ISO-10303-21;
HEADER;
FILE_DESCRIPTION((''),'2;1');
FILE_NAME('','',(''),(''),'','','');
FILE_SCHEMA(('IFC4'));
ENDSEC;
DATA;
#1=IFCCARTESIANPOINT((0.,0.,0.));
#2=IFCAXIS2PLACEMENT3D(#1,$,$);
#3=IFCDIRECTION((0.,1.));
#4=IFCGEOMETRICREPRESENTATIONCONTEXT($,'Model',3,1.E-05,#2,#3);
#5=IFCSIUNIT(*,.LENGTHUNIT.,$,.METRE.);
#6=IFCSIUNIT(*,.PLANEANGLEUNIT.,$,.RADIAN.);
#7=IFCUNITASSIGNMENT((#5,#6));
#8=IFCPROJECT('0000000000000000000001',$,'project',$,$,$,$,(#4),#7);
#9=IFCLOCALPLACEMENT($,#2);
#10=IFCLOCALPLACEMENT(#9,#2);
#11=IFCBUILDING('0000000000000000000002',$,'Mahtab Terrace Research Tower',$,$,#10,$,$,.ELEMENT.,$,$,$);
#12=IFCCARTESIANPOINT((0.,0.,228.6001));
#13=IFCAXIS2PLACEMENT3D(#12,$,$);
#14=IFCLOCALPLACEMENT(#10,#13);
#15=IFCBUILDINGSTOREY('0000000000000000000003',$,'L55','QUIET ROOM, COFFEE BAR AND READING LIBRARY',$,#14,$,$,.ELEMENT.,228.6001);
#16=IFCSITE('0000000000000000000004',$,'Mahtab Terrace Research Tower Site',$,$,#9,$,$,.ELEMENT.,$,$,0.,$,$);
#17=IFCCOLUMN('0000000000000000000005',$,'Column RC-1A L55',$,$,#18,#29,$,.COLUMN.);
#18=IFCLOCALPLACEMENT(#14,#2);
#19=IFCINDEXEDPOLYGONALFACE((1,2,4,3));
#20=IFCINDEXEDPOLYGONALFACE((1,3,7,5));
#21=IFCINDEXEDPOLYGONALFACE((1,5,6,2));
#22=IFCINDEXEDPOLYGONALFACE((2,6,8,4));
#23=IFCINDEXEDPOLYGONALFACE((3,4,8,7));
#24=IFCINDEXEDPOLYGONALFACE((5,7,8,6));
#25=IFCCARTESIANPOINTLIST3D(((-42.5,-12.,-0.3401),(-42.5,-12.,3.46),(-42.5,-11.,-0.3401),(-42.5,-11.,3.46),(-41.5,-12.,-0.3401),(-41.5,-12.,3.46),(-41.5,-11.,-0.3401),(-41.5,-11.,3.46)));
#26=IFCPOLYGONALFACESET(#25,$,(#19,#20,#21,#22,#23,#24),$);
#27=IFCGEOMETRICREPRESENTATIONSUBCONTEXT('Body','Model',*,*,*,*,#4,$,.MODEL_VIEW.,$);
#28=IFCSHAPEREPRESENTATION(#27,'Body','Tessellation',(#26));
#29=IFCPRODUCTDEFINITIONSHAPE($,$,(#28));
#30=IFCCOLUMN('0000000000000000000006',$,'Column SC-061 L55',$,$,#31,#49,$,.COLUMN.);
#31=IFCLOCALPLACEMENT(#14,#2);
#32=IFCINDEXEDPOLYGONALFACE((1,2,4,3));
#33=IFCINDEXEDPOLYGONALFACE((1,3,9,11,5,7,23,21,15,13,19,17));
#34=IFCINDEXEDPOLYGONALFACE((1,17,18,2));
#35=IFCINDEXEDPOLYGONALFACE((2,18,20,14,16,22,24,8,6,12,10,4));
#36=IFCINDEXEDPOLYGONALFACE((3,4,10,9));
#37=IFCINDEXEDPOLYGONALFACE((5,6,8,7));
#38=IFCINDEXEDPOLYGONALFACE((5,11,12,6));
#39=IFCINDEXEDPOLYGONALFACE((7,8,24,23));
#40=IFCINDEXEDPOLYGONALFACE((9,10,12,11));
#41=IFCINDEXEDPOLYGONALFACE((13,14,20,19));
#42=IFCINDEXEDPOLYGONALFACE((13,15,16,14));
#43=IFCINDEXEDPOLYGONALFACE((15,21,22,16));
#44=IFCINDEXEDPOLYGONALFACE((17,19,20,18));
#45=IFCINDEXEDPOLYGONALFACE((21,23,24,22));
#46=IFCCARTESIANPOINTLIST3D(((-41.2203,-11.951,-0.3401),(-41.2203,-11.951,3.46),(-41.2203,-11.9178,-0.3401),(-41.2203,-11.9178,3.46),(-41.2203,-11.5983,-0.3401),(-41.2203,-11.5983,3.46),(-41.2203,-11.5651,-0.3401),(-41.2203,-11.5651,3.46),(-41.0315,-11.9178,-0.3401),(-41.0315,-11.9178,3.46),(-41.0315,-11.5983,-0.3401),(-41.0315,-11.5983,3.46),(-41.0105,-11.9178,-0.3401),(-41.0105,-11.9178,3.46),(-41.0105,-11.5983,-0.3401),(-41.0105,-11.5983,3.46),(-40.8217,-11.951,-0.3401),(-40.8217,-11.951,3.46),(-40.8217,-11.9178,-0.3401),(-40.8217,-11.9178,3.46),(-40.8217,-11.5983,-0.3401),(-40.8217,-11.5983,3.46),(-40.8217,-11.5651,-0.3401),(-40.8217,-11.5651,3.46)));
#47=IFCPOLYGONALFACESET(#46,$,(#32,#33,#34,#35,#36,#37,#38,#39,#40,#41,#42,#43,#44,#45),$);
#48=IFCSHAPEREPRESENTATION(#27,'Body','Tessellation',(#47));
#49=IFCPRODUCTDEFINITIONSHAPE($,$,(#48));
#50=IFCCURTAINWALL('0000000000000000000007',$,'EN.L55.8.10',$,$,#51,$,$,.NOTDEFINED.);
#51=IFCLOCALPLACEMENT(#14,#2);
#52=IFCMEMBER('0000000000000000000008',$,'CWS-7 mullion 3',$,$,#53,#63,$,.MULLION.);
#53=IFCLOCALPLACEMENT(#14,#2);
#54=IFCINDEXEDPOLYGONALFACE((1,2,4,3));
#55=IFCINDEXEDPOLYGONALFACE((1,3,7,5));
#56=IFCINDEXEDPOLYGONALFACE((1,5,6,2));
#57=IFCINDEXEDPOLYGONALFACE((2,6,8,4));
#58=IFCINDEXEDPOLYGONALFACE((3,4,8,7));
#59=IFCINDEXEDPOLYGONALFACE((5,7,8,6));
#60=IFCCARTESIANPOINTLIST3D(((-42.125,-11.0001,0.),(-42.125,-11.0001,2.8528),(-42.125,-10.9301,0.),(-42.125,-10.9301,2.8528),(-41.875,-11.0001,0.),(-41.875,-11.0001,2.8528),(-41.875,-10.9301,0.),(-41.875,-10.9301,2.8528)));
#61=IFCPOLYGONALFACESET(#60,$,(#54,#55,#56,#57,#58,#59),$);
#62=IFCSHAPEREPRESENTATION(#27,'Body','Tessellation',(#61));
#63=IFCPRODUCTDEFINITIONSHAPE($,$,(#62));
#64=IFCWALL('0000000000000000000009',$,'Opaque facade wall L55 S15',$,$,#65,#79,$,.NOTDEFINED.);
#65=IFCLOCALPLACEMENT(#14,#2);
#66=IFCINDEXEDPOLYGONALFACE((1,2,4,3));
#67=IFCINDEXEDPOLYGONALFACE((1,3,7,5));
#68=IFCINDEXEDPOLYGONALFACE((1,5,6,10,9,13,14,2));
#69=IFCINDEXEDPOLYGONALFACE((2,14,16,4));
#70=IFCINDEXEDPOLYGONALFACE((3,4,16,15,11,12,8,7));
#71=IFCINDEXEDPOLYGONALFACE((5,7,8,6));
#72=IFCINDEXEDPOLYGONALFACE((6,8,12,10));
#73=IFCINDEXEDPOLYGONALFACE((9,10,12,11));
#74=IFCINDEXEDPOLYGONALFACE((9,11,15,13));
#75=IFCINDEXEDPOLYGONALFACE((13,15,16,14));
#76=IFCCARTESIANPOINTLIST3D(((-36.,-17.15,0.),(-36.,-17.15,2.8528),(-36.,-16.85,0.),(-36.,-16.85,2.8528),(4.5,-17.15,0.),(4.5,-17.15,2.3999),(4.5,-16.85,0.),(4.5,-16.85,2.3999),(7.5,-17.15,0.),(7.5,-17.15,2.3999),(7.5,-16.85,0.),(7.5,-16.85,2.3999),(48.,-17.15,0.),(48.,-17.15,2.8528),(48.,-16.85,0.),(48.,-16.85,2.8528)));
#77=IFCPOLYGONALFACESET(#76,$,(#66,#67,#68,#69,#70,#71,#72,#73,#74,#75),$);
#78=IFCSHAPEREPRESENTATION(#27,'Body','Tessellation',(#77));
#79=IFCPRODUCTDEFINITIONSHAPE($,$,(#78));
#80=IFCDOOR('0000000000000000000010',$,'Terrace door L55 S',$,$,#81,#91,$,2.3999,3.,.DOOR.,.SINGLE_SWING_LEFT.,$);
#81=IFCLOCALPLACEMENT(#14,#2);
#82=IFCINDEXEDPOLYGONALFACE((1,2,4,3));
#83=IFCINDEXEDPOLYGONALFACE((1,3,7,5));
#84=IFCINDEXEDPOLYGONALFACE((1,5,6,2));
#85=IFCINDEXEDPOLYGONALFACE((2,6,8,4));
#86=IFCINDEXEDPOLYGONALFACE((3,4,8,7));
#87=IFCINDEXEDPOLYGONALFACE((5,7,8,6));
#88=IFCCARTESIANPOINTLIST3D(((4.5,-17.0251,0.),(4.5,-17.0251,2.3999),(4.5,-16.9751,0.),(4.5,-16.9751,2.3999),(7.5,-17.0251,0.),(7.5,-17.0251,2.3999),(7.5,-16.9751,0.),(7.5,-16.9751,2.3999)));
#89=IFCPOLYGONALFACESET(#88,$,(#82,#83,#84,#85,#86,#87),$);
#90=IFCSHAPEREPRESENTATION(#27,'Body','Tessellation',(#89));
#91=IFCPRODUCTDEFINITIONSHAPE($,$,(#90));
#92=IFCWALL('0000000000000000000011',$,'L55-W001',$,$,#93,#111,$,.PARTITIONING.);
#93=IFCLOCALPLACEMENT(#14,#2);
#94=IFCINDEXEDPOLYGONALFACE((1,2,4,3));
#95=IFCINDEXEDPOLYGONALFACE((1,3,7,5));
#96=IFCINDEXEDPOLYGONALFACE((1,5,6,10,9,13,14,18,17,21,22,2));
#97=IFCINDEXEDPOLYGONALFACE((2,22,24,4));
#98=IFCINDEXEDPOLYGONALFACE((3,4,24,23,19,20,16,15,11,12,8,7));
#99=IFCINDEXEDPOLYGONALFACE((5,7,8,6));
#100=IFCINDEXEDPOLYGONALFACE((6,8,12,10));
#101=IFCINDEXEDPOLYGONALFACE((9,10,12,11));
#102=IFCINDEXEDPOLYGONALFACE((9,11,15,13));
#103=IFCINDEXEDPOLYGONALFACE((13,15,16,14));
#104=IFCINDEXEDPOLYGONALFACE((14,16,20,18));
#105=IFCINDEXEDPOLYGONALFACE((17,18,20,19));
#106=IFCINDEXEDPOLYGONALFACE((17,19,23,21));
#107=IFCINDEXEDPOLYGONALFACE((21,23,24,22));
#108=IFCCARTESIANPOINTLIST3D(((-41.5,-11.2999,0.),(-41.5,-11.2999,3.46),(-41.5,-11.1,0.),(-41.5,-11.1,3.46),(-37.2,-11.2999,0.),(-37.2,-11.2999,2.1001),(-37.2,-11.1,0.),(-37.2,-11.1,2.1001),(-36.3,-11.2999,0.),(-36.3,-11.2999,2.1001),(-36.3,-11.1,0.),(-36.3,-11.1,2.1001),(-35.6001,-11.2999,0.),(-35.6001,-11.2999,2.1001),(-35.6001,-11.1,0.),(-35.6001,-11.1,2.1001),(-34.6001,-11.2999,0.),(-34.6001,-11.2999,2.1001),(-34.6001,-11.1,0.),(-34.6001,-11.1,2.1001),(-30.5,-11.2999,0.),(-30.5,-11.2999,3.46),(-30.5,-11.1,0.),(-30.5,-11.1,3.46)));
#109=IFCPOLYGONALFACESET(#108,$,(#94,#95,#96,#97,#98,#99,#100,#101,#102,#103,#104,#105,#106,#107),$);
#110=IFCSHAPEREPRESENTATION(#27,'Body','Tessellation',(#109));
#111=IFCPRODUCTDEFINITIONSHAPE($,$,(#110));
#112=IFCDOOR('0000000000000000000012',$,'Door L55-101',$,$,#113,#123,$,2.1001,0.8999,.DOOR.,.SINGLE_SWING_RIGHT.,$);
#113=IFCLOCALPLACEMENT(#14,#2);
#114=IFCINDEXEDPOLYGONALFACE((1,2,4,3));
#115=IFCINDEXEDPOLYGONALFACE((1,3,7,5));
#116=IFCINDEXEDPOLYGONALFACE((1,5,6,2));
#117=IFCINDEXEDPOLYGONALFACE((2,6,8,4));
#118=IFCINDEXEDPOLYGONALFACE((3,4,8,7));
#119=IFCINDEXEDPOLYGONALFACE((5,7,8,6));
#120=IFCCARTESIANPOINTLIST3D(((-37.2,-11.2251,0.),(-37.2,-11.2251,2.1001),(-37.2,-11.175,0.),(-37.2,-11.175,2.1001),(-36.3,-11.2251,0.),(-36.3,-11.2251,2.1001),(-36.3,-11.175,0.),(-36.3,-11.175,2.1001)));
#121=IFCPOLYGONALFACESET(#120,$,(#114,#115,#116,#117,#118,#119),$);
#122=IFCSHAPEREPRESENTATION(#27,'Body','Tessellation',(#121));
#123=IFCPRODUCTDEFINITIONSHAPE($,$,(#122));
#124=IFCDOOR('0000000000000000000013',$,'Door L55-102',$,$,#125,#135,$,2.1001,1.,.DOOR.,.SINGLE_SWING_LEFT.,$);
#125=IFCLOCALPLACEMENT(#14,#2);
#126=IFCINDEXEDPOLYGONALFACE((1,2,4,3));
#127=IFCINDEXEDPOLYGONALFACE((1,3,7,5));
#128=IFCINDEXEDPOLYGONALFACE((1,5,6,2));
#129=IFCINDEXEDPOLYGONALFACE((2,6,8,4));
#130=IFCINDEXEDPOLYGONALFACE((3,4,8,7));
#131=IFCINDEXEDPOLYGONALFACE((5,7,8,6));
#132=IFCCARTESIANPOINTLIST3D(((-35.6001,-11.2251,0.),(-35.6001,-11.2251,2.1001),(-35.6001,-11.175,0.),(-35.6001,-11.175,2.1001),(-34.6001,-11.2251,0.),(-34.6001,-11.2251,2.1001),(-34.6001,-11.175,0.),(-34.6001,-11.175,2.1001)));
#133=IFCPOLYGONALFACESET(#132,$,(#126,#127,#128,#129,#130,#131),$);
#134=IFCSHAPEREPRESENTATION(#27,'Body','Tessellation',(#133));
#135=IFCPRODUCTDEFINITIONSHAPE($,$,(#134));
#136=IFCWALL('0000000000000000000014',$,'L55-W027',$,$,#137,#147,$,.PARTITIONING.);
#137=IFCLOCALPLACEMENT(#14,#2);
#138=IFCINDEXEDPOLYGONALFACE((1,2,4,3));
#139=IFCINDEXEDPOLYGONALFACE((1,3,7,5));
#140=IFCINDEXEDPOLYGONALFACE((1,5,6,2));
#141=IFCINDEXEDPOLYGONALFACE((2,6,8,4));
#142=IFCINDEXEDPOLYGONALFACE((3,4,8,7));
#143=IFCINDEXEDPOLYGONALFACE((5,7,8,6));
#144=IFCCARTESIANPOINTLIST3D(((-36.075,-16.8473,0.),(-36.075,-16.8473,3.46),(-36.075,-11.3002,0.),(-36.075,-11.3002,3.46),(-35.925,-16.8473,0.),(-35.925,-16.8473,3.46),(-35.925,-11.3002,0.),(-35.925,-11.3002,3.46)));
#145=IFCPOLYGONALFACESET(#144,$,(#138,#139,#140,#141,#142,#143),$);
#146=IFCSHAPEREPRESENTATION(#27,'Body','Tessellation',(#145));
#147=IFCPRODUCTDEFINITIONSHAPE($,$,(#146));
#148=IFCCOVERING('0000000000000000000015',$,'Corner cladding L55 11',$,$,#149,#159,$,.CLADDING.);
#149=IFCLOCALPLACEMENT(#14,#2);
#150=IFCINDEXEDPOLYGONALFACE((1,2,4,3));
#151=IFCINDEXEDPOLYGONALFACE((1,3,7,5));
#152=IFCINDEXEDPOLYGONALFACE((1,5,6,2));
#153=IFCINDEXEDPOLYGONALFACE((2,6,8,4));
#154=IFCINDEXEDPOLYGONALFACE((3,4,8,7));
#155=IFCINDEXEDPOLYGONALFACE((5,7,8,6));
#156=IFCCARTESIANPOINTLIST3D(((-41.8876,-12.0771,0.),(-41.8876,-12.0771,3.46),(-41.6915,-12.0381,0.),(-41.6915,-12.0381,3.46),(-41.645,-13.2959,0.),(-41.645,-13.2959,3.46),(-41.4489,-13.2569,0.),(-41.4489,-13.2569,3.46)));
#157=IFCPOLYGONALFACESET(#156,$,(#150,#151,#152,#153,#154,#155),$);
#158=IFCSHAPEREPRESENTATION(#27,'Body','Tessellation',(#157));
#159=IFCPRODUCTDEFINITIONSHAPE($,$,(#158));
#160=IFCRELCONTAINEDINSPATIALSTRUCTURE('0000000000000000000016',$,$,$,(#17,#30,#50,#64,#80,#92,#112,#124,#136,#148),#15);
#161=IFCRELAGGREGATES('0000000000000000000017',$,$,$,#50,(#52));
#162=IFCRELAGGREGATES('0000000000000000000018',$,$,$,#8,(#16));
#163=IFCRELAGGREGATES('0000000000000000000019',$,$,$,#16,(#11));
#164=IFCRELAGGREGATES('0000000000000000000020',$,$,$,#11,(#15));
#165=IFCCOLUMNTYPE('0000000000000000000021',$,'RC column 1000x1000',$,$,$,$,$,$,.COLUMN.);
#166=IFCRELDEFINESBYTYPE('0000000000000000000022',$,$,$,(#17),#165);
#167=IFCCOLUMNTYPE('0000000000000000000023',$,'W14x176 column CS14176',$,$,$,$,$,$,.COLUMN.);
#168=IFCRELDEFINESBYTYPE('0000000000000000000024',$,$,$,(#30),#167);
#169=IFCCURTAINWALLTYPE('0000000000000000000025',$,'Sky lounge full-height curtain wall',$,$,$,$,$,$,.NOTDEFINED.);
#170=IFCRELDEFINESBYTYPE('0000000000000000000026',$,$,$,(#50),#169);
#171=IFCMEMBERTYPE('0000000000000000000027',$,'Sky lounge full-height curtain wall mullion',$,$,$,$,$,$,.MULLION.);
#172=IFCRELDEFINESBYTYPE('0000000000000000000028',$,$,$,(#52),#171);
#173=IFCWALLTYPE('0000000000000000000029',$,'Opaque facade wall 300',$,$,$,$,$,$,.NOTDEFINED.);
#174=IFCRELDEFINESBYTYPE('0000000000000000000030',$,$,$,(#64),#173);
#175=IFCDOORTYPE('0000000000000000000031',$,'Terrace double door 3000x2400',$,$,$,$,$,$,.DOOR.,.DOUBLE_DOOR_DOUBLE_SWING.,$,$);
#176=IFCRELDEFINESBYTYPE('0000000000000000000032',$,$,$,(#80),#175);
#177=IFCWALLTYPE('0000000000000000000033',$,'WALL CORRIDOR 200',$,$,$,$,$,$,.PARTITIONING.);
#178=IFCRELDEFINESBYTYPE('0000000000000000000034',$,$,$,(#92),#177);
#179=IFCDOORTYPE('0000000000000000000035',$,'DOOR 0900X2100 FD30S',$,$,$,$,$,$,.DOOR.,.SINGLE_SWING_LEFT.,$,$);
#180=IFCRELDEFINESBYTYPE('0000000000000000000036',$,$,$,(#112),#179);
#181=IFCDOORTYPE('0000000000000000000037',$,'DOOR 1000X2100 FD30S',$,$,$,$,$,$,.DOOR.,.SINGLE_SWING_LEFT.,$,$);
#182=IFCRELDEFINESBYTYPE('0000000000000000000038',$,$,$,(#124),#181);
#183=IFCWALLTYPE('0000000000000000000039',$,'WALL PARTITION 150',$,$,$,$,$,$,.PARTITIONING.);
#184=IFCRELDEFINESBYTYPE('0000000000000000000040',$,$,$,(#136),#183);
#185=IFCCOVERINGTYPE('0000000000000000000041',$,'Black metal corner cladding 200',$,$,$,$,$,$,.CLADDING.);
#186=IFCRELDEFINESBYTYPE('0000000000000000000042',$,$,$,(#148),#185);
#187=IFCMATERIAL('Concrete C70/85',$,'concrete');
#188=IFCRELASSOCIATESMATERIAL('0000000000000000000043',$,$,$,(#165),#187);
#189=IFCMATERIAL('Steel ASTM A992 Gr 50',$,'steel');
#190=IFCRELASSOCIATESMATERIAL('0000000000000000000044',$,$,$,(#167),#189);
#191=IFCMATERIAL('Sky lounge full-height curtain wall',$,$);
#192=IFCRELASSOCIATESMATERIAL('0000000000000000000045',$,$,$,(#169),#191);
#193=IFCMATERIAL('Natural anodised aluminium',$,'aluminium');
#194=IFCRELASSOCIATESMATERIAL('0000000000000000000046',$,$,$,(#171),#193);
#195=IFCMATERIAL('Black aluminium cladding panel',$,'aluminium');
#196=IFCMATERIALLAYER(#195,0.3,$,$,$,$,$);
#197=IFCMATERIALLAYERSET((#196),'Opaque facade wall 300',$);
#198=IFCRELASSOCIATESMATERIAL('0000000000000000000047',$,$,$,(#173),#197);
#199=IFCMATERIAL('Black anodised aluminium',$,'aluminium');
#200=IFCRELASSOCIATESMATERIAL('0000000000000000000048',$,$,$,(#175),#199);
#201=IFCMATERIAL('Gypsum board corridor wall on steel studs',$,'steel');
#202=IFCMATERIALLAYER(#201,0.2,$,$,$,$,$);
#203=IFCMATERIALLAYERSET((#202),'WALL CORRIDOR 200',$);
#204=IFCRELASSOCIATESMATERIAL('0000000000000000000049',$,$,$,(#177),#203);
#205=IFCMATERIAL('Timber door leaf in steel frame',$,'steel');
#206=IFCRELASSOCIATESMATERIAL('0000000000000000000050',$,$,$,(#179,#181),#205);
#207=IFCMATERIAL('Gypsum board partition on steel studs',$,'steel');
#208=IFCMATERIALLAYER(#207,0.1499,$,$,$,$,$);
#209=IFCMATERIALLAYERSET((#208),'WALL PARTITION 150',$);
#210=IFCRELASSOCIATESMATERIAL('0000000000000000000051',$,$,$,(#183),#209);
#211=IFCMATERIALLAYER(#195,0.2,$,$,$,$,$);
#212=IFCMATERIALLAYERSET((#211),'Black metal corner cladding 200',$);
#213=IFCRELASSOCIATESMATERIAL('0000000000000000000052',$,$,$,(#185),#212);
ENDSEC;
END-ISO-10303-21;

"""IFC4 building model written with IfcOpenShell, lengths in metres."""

from ifc_helpers import new_model, si_unit, direction, frame, frame_2d, origin, origin_2d, place, context, subcontext, project, spatial, rectangle, i_section, extrude, material, layer, layer_set, material_profile, profile_set, type_object, element, fill, aggregate, save


model = new_model("IFC4")

# Units and contexts
model_context = context("Model", 3, precision=1e-05, world=origin(), true_north=direction((0.0, 1.0)))
body_context = subcontext(model_context, "Body", "Model", "MODEL_VIEW")
ifc_project = project(units=[si_unit("LENGTHUNIT", "METRE"), si_unit("PLANEANGLEUNIT", "RADIAN")], contexts=[model_context])

# Site, building, storey
site_placement = place(None, origin())
site = spatial("IfcSite", under=ifc_project, at=site_placement, Name="Mahtab Terrace Research Tower Site", CompositionType="ELEMENT", RefElevation=0.0)
building_placement = place(site_placement, origin())
building = spatial("IfcBuilding", under=site, at=building_placement, Name="Mahtab Terrace Research Tower", CompositionType="ELEMENT")
storey_placement = place(building_placement, frame((0.0, 0.0, 228.6001)))
storey = spatial("IfcBuildingStorey", under=building, at=storey_placement, Name="L55", Description="QUIET ROOM, COFFEE BAR AND READING LIBRARY", CompositionType="ELEMENT", Elevation=228.6001)

# Columns
ifc_material_1 = material(Name="Concrete C70/85", Category="concrete")
ifc_material_profile_1 = material_profile(ifc_material_1, rectangle(XDim=1.0, YDim=1.0, at=origin_2d()), Name="RC column 1000x1000")
ifc_profile_set_1 = profile_set([ifc_material_profile_1], Name="Concrete C70/85")
column_type_1 = type_object("IfcColumnType", Name="RC column 1000x1000", PredefinedType="COLUMN", material=ifc_profile_set_1)
column_1_placement = place(storey_placement, frame((-42.0, -11.5, -0.3401), z_axis=(0.0, 0.0, 1.0), x_axis=(1.0, 0.0, 0.0)))
element("IfcColumn", 1, at=column_1_placement, inside=storey, type_object=column_type_1, Name="Column RC-1A L55", PredefinedType="COLUMN", context=body_context, shape_type="SweptSolid", body=[
    extrude(rectangle(XDim=1.0, YDim=1.0, at=origin_2d()), origin(), (0.0, 0.0, 1.0), 3.8),
])
ifc_material_2 = material(Name="Steel ASTM A992 Gr 50", Category="steel")
ifc_material_profile_2 = material_profile(ifc_material_2, i_section(OverallWidth=0.3987, OverallDepth=0.386, WebThickness=0.021, FlangeThickness=0.0332, at=origin_2d()), Name="W14X176")
ifc_profile_set_2 = profile_set([ifc_material_profile_2], Name="Steel ASTM A992 Gr 50")
column_type_2 = type_object("IfcColumnType", Name="W14x176 column CS14176", PredefinedType="COLUMN", material=ifc_profile_set_2)
column_2_placement = place(storey_placement, frame((-41.021, -11.7581, -0.3401), z_axis=(0.0, 0.0, 1.0), x_axis=(1.0, 0.0, 0.0)))
element("IfcColumn", 2, at=column_2_placement, inside=storey, type_object=column_type_2, Name="Column SC-061 L55", PredefinedType="COLUMN", context=body_context, shape_type="SweptSolid", body=[
    extrude(i_section(OverallWidth=0.3987, OverallDepth=0.386, WebThickness=0.021, FlangeThickness=0.0332, at=origin_2d()), origin(), (0.0, 0.0, 1.0), 3.8),
])

# Curtain wall, member
ifc_material_3 = material(Name="Sky lounge full-height curtain wall")
curtain_wall_type = type_object("IfcCurtainWallType", Name="Sky lounge full-height curtain wall", PredefinedType="NOTDEFINED", material=ifc_material_3)
curtain_wall_placement = place(storey_placement, origin())
curtain_wall = element("IfcCurtainWall", 3, at=curtain_wall_placement, inside=storey, type_object=curtain_wall_type, Name="EN.L55.8.10", PredefinedType="NOTDEFINED")
ifc_material_4 = material(Name="Natural anodised aluminium", Category="aluminium")
ifc_material_profile_3 = material_profile(ifc_material_4, rectangle(XDim=0.25, YDim=0.0701, at=origin_2d()), Name="MULLION 70x250")
ifc_profile_set_3 = profile_set([ifc_material_profile_3], Name="Natural anodised aluminium")
member_type = type_object("IfcMemberType", Name="Sky lounge full-height curtain wall mullion", PredefinedType="MULLION", material=ifc_profile_set_3)
member_placement = place(storey_placement, frame((-42.0, -10.9651, 0.0), z_axis=(0.0, 0.0, 1.0), x_axis=(1.0, 0.0, 0.0)))
member = element("IfcMember", 4, at=member_placement, type_object=member_type, Name="CWS-7 mullion 3", PredefinedType="MULLION", context=body_context, shape_type="SweptSolid", body=[
    extrude(rectangle(XDim=0.25, YDim=0.0701, at=origin_2d()), origin(), (0.0, 0.0, 1.0), 2.8528),
])
aggregate(curtain_wall, [member])

# Wall, opening, door
ifc_material_5 = material(Name="Black aluminium cladding panel", Category="aluminium")
ifc_layer_1 = layer(ifc_material_5, 0.3)
ifc_layer_set_1 = layer_set([ifc_layer_1], Name="Opaque facade wall 300")
wall_type_1 = type_object("IfcWallType", Name="Opaque facade wall 300", PredefinedType="NOTDEFINED", material=ifc_layer_set_1)
wall_1_placement = place(storey_placement, frame((-36.0, -17.0, 0.0), z_axis=(0.0, 0.0, 1.0), x_axis=(1.0, 0.0, 0.0)))
wall_1 = element("IfcWall", 5, at=wall_1_placement, inside=storey, type_object=wall_type_1, Name="Opaque facade wall L55 S15", PredefinedType="NOTDEFINED", context=body_context, shape_type="SweptSolid", body=[
    extrude(rectangle(XDim=84.0, YDim=0.3, at=frame_2d((42.0, 0.0))), origin(), (0.0, 0.0, 1.0), 2.8528),
])
opening_1_placement = place(wall_1_placement, frame((40.5, 0.0, 0.0)))
opening_1 = element("IfcOpeningElement", 6, at=opening_1_placement, cuts=wall_1, PredefinedType="OPENING", context=body_context, shape_type="SweptSolid", body=[
    extrude(rectangle(XDim=3.0, YDim=2.3999, at=frame_2d((1.5, 1.2))), frame((0.0, 0.1599, 0.0), z_axis=(0.0, -1.0, 0.0), x_axis=(1.0, 0.0, 0.0)), (0.0, 0.0, 1.0), 0.3201),
])
ifc_material_6 = material(Name="Black anodised aluminium", Category="aluminium")
door_type_1 = type_object("IfcDoorType", Name="Terrace double door 3000x2400", OperationType="DOUBLE_DOOR_DOUBLE_SWING", PredefinedType="DOOR", material=ifc_material_6)
door_1_placement = place(opening_1_placement, origin())
door_1 = element("IfcDoor", 7, at=door_1_placement, inside=storey, type_object=door_type_1, Name="Terrace door L55 S", OperationType="SINGLE_SWING_LEFT", OverallHeight=2.3999, OverallWidth=3.0, PredefinedType="DOOR", context=body_context, shape_type="SweptSolid", body=[
    extrude(rectangle(XDim=3.0, YDim=2.3999, at=frame_2d((1.5, 1.2))), frame((0.0, 0.0249, 0.0), z_axis=(0.0, -1.0, 0.0), x_axis=(1.0, 0.0, 0.0)), (0.0, 0.0, 1.0), 0.05),
])
fill(opening_1, door_1)

# Wall, openings, doors
ifc_material_7 = material(Name="Gypsum board corridor wall on steel studs", Category="steel")
ifc_layer_2 = layer(ifc_material_7, 0.2)
ifc_layer_set_2 = layer_set([ifc_layer_2], Name="WALL CORRIDOR 200")
wall_type_2 = type_object("IfcWallType", Name="WALL CORRIDOR 200", PredefinedType="PARTITIONING", material=ifc_layer_set_2)
wall_2_placement = place(storey_placement, frame((-41.5, -11.2, 0.0), z_axis=(0.0, 0.0, 1.0), x_axis=(1.0, 0.0, 0.0)))
wall_2 = element("IfcWall", 8, at=wall_2_placement, inside=storey, type_object=wall_type_2, Name="L55-W001", PredefinedType="PARTITIONING", context=body_context, shape_type="SweptSolid", body=[
    extrude(rectangle(XDim=11.0, YDim=0.2, at=frame_2d((5.5, 0.0))), origin(), (0.0, 0.0, 1.0), 3.46),
])
opening_2_placement = place(wall_2_placement, frame((4.3, 0.0, 0.0)))
opening_2 = element("IfcOpeningElement", 9, at=opening_2_placement, cuts=wall_2, PredefinedType="OPENING", context=body_context, shape_type="SweptSolid", body=[
    extrude(rectangle(XDim=0.8999, YDim=2.1001, at=frame_2d((0.45, 1.05))), frame((0.0, 0.1099, 0.0), z_axis=(0.0, -1.0, 0.0), x_axis=(1.0, 0.0, 0.0)), (0.0, 0.0, 1.0), 0.22),
])
opening_3_placement = place(wall_2_placement, frame((5.8999, 0.0, 0.0)))
opening_3 = element("IfcOpeningElement", 10, at=opening_3_placement, cuts=wall_2, PredefinedType="OPENING", context=body_context, shape_type="SweptSolid", body=[
    extrude(rectangle(XDim=1.0, YDim=2.1001, at=frame_2d((0.5, 1.05))), frame((0.0, 0.1099, 0.0), z_axis=(0.0, -1.0, 0.0), x_axis=(1.0, 0.0, 0.0)), (0.0, 0.0, 1.0), 0.22),
])
ifc_material_8 = material(Name="Timber door leaf in steel frame", Category="steel")
door_type_2 = type_object("IfcDoorType", Name="DOOR 0900X2100 FD30S", OperationType="SINGLE_SWING_LEFT", PredefinedType="DOOR", material=ifc_material_8)
door_2_placement = place(opening_2_placement, origin())
door_2 = element("IfcDoor", 11, at=door_2_placement, inside=storey, type_object=door_type_2, Name="Door L55-101", OperationType="SINGLE_SWING_RIGHT", OverallHeight=2.1001, OverallWidth=0.8999, PredefinedType="DOOR", context=body_context, shape_type="SweptSolid", body=[
    extrude(rectangle(XDim=0.8999, YDim=2.1001, at=frame_2d((0.45, 1.05))), frame((0.0, 0.0249, 0.0), z_axis=(0.0, -1.0, 0.0), x_axis=(1.0, 0.0, 0.0)), (0.0, 0.0, 1.0), 0.05),
])
fill(opening_2, door_2)
door_type_3 = type_object("IfcDoorType", Name="DOOR 1000X2100 FD30S", OperationType="SINGLE_SWING_LEFT", PredefinedType="DOOR", material=ifc_material_8)
door_3_placement = place(opening_3_placement, origin())
door_3 = element("IfcDoor", 12, at=door_3_placement, inside=storey, type_object=door_type_3, Name="Door L55-102", OperationType="SINGLE_SWING_LEFT", OverallHeight=2.1001, OverallWidth=1.0, PredefinedType="DOOR", context=body_context, shape_type="SweptSolid", body=[
    extrude(rectangle(XDim=1.0, YDim=2.1001, at=frame_2d((0.5, 1.05))), frame((0.0, 0.0249, 0.0), z_axis=(0.0, -1.0, 0.0), x_axis=(1.0, 0.0, 0.0)), (0.0, 0.0, 1.0), 0.05),
])
fill(opening_3, door_3)

# Wall
ifc_material_9 = material(Name="Gypsum board partition on steel studs", Category="steel")
ifc_layer_3 = layer(ifc_material_9, 0.1499)
ifc_layer_set_3 = layer_set([ifc_layer_3], Name="WALL PARTITION 150")
wall_type_3 = type_object("IfcWallType", Name="WALL PARTITION 150", PredefinedType="PARTITIONING", material=ifc_layer_set_3)
wall_3_placement = place(storey_placement, frame((-36.0, -16.8472, 0.0), z_axis=(0.0, 0.0, 1.0), x_axis=(0.0, 1.0, 0.0)))
element("IfcWall", 13, at=wall_3_placement, inside=storey, type_object=wall_type_3, Name="L55-W027", PredefinedType="PARTITIONING", context=body_context, shape_type="SweptSolid", body=[
    extrude(rectangle(XDim=5.5471, YDim=0.1499, at=frame_2d((2.7734, 0.0))), origin(), (0.0, 0.0, 1.0), 3.46),
])

# Covering
ifc_layer_4 = layer(ifc_material_5, 0.2)
ifc_layer_set_4 = layer_set([ifc_layer_4], Name="Black metal corner cladding 200")
covering_type_1 = type_object("IfcCoveringType", Name="Black metal corner cladding 200", PredefinedType="CLADDING", material=ifc_layer_set_4)
covering_1_placement = place(storey_placement, frame((-41.6682, -12.667, 0.0), z_axis=(0.0, 0.0, 1.0), x_axis=(0.195212, -0.980761, 0.0)))
element("IfcCovering", 14, at=covering_1_placement, inside=storey, type_object=covering_type_1, Name="Corner cladding L55 11", PredefinedType="CLADDING", context=body_context, shape_type="SweptSolid", body=[
    extrude(rectangle(XDim=1.2427, YDim=0.2, at=origin_2d()), origin(), (0.0, 0.0, 1.0), 3.46),
])

save(model, "model.ifc")
